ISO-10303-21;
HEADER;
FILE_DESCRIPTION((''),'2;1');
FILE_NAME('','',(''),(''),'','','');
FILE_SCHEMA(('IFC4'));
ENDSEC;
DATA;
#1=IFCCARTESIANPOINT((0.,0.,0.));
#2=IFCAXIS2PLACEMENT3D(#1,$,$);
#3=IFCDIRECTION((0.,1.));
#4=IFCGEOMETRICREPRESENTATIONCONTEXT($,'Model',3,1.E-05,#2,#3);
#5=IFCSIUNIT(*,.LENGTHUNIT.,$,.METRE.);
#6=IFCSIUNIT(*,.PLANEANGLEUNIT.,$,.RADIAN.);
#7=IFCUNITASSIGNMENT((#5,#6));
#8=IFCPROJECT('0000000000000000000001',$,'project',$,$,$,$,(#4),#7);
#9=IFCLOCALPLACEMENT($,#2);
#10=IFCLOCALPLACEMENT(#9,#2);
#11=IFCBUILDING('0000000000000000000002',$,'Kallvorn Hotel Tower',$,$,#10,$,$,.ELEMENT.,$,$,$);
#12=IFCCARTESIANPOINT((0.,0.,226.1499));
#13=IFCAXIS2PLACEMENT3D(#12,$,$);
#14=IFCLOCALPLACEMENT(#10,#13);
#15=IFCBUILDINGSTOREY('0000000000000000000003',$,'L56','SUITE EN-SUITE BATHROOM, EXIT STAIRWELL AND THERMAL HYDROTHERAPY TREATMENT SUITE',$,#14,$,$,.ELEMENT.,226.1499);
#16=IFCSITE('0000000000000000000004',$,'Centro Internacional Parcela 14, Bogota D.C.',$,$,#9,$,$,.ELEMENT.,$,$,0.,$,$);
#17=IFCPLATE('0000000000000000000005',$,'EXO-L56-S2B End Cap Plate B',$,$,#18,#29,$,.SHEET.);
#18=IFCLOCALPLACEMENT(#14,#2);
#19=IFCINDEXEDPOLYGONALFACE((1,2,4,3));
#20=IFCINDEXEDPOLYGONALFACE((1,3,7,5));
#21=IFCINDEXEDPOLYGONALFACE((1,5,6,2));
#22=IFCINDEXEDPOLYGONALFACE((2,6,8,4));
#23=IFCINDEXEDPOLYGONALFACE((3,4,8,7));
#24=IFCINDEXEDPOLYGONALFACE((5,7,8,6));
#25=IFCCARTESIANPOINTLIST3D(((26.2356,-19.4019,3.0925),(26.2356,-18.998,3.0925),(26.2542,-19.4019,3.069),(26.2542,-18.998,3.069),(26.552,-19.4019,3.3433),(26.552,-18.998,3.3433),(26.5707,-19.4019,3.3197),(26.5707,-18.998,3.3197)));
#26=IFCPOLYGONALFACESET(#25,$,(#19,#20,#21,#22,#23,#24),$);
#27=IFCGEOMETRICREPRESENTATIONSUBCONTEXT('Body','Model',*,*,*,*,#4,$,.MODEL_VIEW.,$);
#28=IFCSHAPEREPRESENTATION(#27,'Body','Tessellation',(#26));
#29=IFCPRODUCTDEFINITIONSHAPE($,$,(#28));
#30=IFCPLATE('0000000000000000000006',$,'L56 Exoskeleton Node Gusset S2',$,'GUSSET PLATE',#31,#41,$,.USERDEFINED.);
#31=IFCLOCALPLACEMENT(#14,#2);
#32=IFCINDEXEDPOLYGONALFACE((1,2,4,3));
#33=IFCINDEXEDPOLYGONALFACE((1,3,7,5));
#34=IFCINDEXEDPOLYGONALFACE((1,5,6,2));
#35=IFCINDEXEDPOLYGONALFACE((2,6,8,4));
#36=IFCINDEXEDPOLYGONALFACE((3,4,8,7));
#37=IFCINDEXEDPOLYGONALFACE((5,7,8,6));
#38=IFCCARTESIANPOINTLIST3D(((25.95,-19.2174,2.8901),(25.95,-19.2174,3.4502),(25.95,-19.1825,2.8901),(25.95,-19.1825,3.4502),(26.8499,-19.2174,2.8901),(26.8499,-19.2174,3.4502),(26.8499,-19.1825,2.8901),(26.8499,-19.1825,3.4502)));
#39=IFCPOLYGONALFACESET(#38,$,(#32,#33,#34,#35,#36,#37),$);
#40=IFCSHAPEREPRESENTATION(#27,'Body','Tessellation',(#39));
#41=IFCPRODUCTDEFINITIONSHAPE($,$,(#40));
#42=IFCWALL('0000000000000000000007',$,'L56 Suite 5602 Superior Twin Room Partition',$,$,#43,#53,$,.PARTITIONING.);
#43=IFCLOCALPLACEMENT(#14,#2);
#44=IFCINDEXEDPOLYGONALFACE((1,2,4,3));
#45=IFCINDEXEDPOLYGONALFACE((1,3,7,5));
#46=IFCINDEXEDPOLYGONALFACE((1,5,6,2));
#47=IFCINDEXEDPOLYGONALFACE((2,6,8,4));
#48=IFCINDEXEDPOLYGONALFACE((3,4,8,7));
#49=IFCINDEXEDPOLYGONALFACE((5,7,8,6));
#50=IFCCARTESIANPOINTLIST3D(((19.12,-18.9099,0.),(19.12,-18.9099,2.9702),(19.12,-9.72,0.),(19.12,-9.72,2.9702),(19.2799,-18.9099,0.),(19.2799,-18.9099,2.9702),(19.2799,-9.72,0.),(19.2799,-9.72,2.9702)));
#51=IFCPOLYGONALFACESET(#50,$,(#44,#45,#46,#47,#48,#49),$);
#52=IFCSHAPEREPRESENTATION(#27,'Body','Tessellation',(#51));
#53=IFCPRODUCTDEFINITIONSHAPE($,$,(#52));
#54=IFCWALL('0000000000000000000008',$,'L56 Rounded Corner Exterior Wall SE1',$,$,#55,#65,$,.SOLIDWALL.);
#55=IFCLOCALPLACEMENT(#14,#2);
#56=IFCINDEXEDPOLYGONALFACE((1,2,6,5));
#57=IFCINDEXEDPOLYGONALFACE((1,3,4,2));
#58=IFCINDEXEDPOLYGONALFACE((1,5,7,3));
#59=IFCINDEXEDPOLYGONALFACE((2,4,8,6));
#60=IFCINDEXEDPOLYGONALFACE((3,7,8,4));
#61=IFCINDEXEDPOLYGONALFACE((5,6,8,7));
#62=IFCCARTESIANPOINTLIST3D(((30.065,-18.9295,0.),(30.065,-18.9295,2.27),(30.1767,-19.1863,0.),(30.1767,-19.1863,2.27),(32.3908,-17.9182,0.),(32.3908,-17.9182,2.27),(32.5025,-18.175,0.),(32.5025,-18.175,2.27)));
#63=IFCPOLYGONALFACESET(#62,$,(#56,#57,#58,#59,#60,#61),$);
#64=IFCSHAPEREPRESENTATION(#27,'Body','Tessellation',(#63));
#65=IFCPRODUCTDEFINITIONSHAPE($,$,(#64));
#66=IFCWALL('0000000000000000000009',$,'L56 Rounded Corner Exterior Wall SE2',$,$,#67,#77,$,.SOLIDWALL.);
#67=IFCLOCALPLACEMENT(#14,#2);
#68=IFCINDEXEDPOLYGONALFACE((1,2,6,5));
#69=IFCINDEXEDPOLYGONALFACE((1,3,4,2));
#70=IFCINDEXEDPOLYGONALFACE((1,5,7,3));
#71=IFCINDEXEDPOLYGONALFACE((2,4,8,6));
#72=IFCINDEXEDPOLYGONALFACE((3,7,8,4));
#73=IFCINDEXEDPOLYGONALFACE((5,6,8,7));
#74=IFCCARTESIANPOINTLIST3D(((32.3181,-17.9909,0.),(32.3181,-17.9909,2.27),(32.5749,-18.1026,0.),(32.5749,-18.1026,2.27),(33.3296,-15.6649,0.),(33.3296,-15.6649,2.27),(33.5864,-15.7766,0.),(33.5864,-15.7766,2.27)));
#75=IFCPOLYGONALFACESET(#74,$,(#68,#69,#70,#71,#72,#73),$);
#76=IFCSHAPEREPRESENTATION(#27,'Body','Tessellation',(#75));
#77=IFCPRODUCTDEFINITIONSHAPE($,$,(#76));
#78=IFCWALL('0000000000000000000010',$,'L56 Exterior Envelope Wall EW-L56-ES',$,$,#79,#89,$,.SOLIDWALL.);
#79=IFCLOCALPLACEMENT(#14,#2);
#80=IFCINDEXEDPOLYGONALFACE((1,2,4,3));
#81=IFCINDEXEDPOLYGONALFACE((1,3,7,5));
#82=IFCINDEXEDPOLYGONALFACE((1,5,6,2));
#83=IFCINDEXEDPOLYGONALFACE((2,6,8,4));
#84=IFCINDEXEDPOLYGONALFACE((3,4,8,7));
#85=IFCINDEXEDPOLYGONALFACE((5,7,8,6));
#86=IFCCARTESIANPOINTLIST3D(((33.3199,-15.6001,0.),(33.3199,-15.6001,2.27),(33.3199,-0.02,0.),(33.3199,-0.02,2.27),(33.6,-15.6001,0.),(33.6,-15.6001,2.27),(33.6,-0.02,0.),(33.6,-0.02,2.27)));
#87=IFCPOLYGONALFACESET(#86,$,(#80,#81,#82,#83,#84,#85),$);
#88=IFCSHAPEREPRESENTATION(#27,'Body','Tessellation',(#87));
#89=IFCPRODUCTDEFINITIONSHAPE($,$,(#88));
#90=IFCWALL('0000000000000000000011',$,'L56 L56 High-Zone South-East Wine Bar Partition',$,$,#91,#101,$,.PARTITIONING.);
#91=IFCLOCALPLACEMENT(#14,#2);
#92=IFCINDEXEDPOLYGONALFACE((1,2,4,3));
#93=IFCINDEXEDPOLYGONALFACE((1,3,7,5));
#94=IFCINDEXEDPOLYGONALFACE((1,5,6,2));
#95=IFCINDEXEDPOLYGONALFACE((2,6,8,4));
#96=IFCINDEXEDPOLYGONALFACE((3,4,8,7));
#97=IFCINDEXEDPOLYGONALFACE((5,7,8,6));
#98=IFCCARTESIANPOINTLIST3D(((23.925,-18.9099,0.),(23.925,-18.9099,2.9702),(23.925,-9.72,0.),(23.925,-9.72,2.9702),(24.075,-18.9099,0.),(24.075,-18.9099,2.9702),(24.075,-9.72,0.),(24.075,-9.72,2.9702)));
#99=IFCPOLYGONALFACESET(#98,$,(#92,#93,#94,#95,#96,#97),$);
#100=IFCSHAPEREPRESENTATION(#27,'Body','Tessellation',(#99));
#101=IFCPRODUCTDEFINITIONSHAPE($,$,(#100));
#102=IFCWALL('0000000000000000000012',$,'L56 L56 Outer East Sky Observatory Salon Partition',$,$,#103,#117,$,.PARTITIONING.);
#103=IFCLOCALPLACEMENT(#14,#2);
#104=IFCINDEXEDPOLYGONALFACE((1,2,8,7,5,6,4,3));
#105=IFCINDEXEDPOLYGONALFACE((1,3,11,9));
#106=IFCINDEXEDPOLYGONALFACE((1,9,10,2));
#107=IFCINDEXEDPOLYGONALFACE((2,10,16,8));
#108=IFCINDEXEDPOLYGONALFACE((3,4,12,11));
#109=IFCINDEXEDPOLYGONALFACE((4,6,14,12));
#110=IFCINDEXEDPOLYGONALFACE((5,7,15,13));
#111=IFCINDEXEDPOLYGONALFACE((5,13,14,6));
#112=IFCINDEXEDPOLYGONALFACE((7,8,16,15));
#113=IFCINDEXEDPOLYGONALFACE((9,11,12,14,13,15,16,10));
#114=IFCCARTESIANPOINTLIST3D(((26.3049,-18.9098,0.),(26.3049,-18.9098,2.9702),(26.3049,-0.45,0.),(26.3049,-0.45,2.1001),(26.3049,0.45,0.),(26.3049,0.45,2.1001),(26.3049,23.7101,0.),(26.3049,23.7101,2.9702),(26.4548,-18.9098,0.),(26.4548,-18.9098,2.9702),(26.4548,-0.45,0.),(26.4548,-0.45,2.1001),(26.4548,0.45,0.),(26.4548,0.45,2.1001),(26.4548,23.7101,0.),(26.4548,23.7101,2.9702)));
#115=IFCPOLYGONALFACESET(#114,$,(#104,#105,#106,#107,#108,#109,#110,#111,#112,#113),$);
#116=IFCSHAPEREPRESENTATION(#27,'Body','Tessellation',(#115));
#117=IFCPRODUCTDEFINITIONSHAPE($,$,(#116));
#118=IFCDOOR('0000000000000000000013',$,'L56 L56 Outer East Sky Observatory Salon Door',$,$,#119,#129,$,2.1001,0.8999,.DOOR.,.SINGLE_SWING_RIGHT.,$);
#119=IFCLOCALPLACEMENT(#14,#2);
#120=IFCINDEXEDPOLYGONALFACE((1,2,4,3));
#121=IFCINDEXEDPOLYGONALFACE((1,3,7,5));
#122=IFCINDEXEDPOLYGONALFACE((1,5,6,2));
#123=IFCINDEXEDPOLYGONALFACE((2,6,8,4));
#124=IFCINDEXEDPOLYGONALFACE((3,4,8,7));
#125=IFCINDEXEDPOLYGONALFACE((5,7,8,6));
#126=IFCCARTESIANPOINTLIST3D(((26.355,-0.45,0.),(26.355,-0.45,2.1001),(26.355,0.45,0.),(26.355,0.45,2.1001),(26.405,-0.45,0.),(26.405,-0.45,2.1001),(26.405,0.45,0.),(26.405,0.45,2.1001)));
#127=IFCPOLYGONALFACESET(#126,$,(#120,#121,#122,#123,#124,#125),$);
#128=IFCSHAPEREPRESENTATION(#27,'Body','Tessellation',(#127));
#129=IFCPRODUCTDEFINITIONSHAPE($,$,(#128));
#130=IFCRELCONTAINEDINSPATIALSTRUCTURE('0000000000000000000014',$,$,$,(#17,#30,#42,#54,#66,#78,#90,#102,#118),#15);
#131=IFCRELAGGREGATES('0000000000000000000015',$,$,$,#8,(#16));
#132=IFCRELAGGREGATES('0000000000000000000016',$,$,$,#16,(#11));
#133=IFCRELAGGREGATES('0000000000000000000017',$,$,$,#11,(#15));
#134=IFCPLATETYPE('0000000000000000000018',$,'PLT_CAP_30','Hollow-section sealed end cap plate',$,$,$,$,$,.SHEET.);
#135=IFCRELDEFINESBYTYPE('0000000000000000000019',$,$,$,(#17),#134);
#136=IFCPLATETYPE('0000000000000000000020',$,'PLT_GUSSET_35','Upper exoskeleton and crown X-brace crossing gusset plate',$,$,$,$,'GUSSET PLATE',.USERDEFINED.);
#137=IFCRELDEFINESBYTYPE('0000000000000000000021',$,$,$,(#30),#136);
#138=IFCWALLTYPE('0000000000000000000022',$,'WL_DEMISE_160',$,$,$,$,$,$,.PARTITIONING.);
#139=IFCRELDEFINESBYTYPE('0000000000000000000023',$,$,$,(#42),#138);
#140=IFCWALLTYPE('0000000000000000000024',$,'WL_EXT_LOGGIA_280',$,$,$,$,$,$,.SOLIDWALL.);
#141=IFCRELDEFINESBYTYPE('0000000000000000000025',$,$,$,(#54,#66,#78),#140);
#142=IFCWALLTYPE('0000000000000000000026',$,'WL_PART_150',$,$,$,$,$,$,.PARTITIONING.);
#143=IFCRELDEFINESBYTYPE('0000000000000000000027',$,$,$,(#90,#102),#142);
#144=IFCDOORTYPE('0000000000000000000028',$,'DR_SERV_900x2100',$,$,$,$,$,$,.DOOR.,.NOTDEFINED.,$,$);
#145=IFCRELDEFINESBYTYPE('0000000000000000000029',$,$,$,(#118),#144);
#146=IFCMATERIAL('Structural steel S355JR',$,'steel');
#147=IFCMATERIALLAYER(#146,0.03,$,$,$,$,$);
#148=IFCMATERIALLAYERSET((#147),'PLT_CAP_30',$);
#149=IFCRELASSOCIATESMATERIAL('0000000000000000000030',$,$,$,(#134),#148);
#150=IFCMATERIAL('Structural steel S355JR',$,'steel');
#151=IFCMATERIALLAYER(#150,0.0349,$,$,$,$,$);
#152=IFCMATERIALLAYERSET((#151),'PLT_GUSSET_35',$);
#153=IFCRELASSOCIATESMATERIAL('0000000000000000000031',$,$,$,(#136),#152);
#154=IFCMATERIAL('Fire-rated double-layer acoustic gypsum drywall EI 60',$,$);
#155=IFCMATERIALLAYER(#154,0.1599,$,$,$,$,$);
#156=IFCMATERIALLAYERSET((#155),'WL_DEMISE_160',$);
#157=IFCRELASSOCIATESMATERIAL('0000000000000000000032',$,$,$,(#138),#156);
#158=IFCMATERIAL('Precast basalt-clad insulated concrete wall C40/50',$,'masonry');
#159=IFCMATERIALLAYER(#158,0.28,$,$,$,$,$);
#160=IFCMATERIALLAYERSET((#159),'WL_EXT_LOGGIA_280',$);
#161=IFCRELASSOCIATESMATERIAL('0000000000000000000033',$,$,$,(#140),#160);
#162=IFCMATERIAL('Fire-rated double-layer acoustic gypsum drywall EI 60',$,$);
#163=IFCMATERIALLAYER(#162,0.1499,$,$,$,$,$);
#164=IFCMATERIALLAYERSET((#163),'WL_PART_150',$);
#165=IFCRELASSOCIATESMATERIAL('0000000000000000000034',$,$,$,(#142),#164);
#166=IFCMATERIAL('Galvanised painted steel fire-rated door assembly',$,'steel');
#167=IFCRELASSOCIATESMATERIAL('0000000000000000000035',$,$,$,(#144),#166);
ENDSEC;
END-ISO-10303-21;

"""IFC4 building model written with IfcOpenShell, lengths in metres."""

from ifc_helpers import new_model, si_unit, direction, frame, frame_2d, origin, origin_2d, place, context, subcontext, project, spatial, polyline, rectangle, outline, extrude, material, layer, layer_set, type_object, element, fill, save


model = new_model("IFC4")

# Units and contexts
model_context = context("Model", 3, precision=1e-05, world=origin(), true_north=direction((0.0, 1.0)))
body_context = subcontext(model_context, "Body", "Model", "MODEL_VIEW")
ifc_project = project(units=[si_unit("LENGTHUNIT", "METRE"), si_unit("PLANEANGLEUNIT", "RADIAN")], contexts=[model_context])

# Site, building, storey
site_placement = place(None, origin())
site = spatial("IfcSite", under=ifc_project, at=site_placement, Name="Centro Internacional Parcela 14, Bogota D.C.", CompositionType="ELEMENT", RefElevation=0.0)
building_placement = place(site_placement, origin())
building = spatial("IfcBuilding", under=site, at=building_placement, Name="Kallvorn Hotel Tower", CompositionType="ELEMENT")
storey_placement = place(building_placement, frame((0.0, 0.0, 226.1499)))
storey = spatial("IfcBuildingStorey", under=building, at=storey_placement, Name="L56", Description="SUITE EN-SUITE BATHROOM, EXIT STAIRWELL AND THERMAL HYDROTHERAPY TREATMENT SUITE", CompositionType="ELEMENT", Elevation=226.1499)

# Plates
ifc_material_1 = material(Name="Structural steel S355JR", Category="steel")
ifc_layer_1 = layer(ifc_material_1, 0.03)
ifc_layer_set_1 = layer_set([ifc_layer_1], Name="PLT_CAP_30")
plate_type_1 = type_object("IfcPlateType", Name="PLT_CAP_30", Description="Hollow-section sealed end cap plate", PredefinedType="SHEET", material=ifc_layer_set_1)
plate_1_placement = place(storey_placement, frame((26.2356, -18.998, 3.0925), z_axis=(-0.621075, 0.0, 0.783751), x_axis=(0.0, -1.0, 0.0)))
element("IfcPlate", 1, at=plate_1_placement, inside=storey, type_object=plate_type_1, Name="EXO-L56-S2B End Cap Plate B", PredefinedType="SHEET", context=body_context, shape_type="SweptSolid", body=[
    extrude(outline(polyline([(0.0, 0.0), (0.4038, 0.0), (0.4038, 0.4037), (0.0, 0.4037), (0.0, 0.0)])), origin(), (0.0, 0.0, -1.0), 0.03),
])
ifc_material_2 = material(Name="Structural steel S355JR", Category="steel")
ifc_layer_2 = layer(ifc_material_2, 0.0349)
ifc_layer_set_2 = layer_set([ifc_layer_2], Name="PLT_GUSSET_35")
plate_type_2 = type_object("IfcPlateType", Name="PLT_GUSSET_35", Description="Upper exoskeleton and crown X-brace crossing gusset plate", ElementType="GUSSET PLATE", PredefinedType="USERDEFINED", material=ifc_layer_set_2)
plate_2_placement = place(storey_placement, frame((26.3999, -19.2, 2.8901), z_axis=(0.0, 0.0, 1.0), x_axis=(1.0, 0.0, 0.0)))
element("IfcPlate", 2, at=plate_2_placement, inside=storey, type_object=plate_type_2, Name="L56 Exoskeleton Node Gusset S2", ObjectType="GUSSET PLATE", PredefinedType="USERDEFINED", context=body_context, shape_type="SweptSolid", body=[
    extrude(rectangle(XDim=0.8999, YDim=0.0349, at=origin_2d()), origin(), (0.0, 0.0, 1.0), 0.5601),
])

# Walls
ifc_material_3 = material(Name="Fire-rated double-layer acoustic gypsum drywall EI 60")
ifc_layer_3 = layer(ifc_material_3, 0.1599)
ifc_layer_set_3 = layer_set([ifc_layer_3], Name="WL_DEMISE_160")
wall_type_1 = type_object("IfcWallType", Name="WL_DEMISE_160", PredefinedType="PARTITIONING", material=ifc_layer_set_3)
wall_1_placement = place(storey_placement, frame((19.2, -18.9099, 0.0), z_axis=(0.0, 0.0, 1.0), x_axis=(0.0, 1.0, 0.0)))
element("IfcWall", 3, at=wall_1_placement, inside=storey, type_object=wall_type_1, Name="L56 Suite 5602 Superior Twin Room Partition", PredefinedType="PARTITIONING", context=body_context, shape_type="SweptSolid", body=[
    extrude(rectangle(XDim=9.1899, YDim=0.1599, at=frame_2d((4.595, 0.0))), origin(), (0.0, 0.0, 1.0), 2.9702),
])
ifc_material_4 = material(Name="Precast basalt-clad insulated concrete wall C40/50", Category="masonry")
ifc_layer_4 = layer(ifc_material_4, 0.28)
ifc_layer_set_4 = layer_set([ifc_layer_4], Name="WL_EXT_LOGGIA_280")
wall_type_2 = type_object("IfcWallType", Name="WL_EXT_LOGGIA_280", PredefinedType="SOLIDWALL", material=ifc_layer_set_4)
wall_2_placement = place(storey_placement, frame((30.1208, -19.0579, 0.0), z_axis=(0.0, 0.0, 1.0), x_axis=(0.917061, 0.398747, 0.0)))
element("IfcWall", 4, at=wall_2_placement, inside=storey, type_object=wall_type_2, Name="L56 Rounded Corner Exterior Wall SE1", PredefinedType="SOLIDWALL", context=body_context, shape_type="SweptSolid", body=[
    extrude(rectangle(XDim=2.5361, YDim=0.28, at=frame_2d((1.2681, 0.0))), origin(), (0.0, 0.0, 1.0), 2.27),
])
wall_3_placement = place(storey_placement, frame((32.4465, -18.0466, 0.0), z_axis=(0.0, 0.0, 1.0), x_axis=(0.398793, 0.917041, 0.0)))
element("IfcWall", 5, at=wall_3_placement, inside=storey, type_object=wall_type_2, Name="L56 Rounded Corner Exterior Wall SE2", PredefinedType="SOLIDWALL", context=body_context, shape_type="SweptSolid", body=[
    extrude(rectangle(XDim=2.5364, YDim=0.28, at=frame_2d((1.2681, 0.0))), origin(), (0.0, 0.0, 1.0), 2.27),
])
wall_4_placement = place(storey_placement, frame((33.46, -15.6001, 0.0), z_axis=(0.0, 0.0, 1.0), x_axis=(0.0, 1.0, 0.0)))
element("IfcWall", 6, at=wall_4_placement, inside=storey, type_object=wall_type_2, Name="L56 Exterior Envelope Wall EW-L56-ES", PredefinedType="SOLIDWALL", context=body_context, shape_type="SweptSolid", body=[
    extrude(rectangle(XDim=15.5801, YDim=0.28, at=frame_2d((7.79, 0.0))), origin(), (0.0, 0.0, 1.0), 2.27),
])
ifc_material_5 = material(Name="Fire-rated double-layer acoustic gypsum drywall EI 60")
ifc_layer_5 = layer(ifc_material_5, 0.1499)
ifc_layer_set_5 = layer_set([ifc_layer_5], Name="WL_PART_150")
wall_type_3 = type_object("IfcWallType", Name="WL_PART_150", PredefinedType="PARTITIONING", material=ifc_layer_set_5)
wall_5_placement = place(storey_placement, frame((24.0, -18.9099, 0.0), z_axis=(0.0, 0.0, 1.0), x_axis=(0.0, 1.0, 0.0)))
element("IfcWall", 7, at=wall_5_placement, inside=storey, type_object=wall_type_3, Name="L56 L56 High-Zone South-East Wine Bar Partition", PredefinedType="PARTITIONING", context=body_context, shape_type="SweptSolid", body=[
    extrude(rectangle(XDim=9.1899, YDim=0.1499, at=frame_2d((4.595, 0.0))), origin(), (0.0, 0.0, 1.0), 2.9702),
])

# Wall, opening, door
wall_6_placement = place(storey_placement, frame((26.3799, -18.9099, 0.0), z_axis=(0.0, 0.0, 1.0), x_axis=(0.0, 1.0, 0.0)))
wall_6 = element("IfcWall", 8, at=wall_6_placement, inside=storey, type_object=wall_type_3, Name="L56 L56 Outer East Sky Observatory Salon Partition", PredefinedType="PARTITIONING", context=body_context, shape_type="SweptSolid", body=[
    extrude(rectangle(XDim=42.6199, YDim=0.1499, at=frame_2d((21.3101, 0.0))), origin(), (0.0, 0.0, 1.0), 2.9702),
])
opening_placement = place(wall_6_placement, frame((18.46, 0.0, 0.0)))
opening = element("IfcOpeningElement", 9, at=opening_placement, cuts=wall_6, PredefinedType="OPENING", context=body_context, shape_type="SweptSolid", body=[
    extrude(rectangle(XDim=0.8999, YDim=2.1001, at=frame_2d((0.45, 1.05))), frame((0.0, 0.0898, 0.0), z_axis=(0.0, -1.0, 0.0), x_axis=(1.0, 0.0, 0.0)), (0.0, 0.0, 1.0), 0.1799),
])
ifc_material_6 = material(Name="Galvanised painted steel fire-rated door assembly", Category="steel")
door_type = type_object("IfcDoorType", Name="DR_SERV_900x2100", OperationType="NOTDEFINED", PredefinedType="DOOR", material=ifc_material_6)
door_placement = place(opening_placement, origin())
door = element("IfcDoor", 10, at=door_placement, inside=storey, type_object=door_type, Name="L56 L56 Outer East Sky Observatory Salon Door", OperationType="SINGLE_SWING_RIGHT", OverallHeight=2.1001, OverallWidth=0.8999, PredefinedType="DOOR", context=body_context, shape_type="SweptSolid", body=[
    extrude(rectangle(XDim=0.8999, YDim=2.1001, at=frame_2d((0.45, 1.05))), frame((0.0, 0.0249, 0.0), z_axis=(0.0, -1.0, 0.0), x_axis=(1.0, 0.0, 0.0)), (0.0, 0.0, 1.0), 0.05),
])
fill(opening, door)

save(model, "model.ifc")
